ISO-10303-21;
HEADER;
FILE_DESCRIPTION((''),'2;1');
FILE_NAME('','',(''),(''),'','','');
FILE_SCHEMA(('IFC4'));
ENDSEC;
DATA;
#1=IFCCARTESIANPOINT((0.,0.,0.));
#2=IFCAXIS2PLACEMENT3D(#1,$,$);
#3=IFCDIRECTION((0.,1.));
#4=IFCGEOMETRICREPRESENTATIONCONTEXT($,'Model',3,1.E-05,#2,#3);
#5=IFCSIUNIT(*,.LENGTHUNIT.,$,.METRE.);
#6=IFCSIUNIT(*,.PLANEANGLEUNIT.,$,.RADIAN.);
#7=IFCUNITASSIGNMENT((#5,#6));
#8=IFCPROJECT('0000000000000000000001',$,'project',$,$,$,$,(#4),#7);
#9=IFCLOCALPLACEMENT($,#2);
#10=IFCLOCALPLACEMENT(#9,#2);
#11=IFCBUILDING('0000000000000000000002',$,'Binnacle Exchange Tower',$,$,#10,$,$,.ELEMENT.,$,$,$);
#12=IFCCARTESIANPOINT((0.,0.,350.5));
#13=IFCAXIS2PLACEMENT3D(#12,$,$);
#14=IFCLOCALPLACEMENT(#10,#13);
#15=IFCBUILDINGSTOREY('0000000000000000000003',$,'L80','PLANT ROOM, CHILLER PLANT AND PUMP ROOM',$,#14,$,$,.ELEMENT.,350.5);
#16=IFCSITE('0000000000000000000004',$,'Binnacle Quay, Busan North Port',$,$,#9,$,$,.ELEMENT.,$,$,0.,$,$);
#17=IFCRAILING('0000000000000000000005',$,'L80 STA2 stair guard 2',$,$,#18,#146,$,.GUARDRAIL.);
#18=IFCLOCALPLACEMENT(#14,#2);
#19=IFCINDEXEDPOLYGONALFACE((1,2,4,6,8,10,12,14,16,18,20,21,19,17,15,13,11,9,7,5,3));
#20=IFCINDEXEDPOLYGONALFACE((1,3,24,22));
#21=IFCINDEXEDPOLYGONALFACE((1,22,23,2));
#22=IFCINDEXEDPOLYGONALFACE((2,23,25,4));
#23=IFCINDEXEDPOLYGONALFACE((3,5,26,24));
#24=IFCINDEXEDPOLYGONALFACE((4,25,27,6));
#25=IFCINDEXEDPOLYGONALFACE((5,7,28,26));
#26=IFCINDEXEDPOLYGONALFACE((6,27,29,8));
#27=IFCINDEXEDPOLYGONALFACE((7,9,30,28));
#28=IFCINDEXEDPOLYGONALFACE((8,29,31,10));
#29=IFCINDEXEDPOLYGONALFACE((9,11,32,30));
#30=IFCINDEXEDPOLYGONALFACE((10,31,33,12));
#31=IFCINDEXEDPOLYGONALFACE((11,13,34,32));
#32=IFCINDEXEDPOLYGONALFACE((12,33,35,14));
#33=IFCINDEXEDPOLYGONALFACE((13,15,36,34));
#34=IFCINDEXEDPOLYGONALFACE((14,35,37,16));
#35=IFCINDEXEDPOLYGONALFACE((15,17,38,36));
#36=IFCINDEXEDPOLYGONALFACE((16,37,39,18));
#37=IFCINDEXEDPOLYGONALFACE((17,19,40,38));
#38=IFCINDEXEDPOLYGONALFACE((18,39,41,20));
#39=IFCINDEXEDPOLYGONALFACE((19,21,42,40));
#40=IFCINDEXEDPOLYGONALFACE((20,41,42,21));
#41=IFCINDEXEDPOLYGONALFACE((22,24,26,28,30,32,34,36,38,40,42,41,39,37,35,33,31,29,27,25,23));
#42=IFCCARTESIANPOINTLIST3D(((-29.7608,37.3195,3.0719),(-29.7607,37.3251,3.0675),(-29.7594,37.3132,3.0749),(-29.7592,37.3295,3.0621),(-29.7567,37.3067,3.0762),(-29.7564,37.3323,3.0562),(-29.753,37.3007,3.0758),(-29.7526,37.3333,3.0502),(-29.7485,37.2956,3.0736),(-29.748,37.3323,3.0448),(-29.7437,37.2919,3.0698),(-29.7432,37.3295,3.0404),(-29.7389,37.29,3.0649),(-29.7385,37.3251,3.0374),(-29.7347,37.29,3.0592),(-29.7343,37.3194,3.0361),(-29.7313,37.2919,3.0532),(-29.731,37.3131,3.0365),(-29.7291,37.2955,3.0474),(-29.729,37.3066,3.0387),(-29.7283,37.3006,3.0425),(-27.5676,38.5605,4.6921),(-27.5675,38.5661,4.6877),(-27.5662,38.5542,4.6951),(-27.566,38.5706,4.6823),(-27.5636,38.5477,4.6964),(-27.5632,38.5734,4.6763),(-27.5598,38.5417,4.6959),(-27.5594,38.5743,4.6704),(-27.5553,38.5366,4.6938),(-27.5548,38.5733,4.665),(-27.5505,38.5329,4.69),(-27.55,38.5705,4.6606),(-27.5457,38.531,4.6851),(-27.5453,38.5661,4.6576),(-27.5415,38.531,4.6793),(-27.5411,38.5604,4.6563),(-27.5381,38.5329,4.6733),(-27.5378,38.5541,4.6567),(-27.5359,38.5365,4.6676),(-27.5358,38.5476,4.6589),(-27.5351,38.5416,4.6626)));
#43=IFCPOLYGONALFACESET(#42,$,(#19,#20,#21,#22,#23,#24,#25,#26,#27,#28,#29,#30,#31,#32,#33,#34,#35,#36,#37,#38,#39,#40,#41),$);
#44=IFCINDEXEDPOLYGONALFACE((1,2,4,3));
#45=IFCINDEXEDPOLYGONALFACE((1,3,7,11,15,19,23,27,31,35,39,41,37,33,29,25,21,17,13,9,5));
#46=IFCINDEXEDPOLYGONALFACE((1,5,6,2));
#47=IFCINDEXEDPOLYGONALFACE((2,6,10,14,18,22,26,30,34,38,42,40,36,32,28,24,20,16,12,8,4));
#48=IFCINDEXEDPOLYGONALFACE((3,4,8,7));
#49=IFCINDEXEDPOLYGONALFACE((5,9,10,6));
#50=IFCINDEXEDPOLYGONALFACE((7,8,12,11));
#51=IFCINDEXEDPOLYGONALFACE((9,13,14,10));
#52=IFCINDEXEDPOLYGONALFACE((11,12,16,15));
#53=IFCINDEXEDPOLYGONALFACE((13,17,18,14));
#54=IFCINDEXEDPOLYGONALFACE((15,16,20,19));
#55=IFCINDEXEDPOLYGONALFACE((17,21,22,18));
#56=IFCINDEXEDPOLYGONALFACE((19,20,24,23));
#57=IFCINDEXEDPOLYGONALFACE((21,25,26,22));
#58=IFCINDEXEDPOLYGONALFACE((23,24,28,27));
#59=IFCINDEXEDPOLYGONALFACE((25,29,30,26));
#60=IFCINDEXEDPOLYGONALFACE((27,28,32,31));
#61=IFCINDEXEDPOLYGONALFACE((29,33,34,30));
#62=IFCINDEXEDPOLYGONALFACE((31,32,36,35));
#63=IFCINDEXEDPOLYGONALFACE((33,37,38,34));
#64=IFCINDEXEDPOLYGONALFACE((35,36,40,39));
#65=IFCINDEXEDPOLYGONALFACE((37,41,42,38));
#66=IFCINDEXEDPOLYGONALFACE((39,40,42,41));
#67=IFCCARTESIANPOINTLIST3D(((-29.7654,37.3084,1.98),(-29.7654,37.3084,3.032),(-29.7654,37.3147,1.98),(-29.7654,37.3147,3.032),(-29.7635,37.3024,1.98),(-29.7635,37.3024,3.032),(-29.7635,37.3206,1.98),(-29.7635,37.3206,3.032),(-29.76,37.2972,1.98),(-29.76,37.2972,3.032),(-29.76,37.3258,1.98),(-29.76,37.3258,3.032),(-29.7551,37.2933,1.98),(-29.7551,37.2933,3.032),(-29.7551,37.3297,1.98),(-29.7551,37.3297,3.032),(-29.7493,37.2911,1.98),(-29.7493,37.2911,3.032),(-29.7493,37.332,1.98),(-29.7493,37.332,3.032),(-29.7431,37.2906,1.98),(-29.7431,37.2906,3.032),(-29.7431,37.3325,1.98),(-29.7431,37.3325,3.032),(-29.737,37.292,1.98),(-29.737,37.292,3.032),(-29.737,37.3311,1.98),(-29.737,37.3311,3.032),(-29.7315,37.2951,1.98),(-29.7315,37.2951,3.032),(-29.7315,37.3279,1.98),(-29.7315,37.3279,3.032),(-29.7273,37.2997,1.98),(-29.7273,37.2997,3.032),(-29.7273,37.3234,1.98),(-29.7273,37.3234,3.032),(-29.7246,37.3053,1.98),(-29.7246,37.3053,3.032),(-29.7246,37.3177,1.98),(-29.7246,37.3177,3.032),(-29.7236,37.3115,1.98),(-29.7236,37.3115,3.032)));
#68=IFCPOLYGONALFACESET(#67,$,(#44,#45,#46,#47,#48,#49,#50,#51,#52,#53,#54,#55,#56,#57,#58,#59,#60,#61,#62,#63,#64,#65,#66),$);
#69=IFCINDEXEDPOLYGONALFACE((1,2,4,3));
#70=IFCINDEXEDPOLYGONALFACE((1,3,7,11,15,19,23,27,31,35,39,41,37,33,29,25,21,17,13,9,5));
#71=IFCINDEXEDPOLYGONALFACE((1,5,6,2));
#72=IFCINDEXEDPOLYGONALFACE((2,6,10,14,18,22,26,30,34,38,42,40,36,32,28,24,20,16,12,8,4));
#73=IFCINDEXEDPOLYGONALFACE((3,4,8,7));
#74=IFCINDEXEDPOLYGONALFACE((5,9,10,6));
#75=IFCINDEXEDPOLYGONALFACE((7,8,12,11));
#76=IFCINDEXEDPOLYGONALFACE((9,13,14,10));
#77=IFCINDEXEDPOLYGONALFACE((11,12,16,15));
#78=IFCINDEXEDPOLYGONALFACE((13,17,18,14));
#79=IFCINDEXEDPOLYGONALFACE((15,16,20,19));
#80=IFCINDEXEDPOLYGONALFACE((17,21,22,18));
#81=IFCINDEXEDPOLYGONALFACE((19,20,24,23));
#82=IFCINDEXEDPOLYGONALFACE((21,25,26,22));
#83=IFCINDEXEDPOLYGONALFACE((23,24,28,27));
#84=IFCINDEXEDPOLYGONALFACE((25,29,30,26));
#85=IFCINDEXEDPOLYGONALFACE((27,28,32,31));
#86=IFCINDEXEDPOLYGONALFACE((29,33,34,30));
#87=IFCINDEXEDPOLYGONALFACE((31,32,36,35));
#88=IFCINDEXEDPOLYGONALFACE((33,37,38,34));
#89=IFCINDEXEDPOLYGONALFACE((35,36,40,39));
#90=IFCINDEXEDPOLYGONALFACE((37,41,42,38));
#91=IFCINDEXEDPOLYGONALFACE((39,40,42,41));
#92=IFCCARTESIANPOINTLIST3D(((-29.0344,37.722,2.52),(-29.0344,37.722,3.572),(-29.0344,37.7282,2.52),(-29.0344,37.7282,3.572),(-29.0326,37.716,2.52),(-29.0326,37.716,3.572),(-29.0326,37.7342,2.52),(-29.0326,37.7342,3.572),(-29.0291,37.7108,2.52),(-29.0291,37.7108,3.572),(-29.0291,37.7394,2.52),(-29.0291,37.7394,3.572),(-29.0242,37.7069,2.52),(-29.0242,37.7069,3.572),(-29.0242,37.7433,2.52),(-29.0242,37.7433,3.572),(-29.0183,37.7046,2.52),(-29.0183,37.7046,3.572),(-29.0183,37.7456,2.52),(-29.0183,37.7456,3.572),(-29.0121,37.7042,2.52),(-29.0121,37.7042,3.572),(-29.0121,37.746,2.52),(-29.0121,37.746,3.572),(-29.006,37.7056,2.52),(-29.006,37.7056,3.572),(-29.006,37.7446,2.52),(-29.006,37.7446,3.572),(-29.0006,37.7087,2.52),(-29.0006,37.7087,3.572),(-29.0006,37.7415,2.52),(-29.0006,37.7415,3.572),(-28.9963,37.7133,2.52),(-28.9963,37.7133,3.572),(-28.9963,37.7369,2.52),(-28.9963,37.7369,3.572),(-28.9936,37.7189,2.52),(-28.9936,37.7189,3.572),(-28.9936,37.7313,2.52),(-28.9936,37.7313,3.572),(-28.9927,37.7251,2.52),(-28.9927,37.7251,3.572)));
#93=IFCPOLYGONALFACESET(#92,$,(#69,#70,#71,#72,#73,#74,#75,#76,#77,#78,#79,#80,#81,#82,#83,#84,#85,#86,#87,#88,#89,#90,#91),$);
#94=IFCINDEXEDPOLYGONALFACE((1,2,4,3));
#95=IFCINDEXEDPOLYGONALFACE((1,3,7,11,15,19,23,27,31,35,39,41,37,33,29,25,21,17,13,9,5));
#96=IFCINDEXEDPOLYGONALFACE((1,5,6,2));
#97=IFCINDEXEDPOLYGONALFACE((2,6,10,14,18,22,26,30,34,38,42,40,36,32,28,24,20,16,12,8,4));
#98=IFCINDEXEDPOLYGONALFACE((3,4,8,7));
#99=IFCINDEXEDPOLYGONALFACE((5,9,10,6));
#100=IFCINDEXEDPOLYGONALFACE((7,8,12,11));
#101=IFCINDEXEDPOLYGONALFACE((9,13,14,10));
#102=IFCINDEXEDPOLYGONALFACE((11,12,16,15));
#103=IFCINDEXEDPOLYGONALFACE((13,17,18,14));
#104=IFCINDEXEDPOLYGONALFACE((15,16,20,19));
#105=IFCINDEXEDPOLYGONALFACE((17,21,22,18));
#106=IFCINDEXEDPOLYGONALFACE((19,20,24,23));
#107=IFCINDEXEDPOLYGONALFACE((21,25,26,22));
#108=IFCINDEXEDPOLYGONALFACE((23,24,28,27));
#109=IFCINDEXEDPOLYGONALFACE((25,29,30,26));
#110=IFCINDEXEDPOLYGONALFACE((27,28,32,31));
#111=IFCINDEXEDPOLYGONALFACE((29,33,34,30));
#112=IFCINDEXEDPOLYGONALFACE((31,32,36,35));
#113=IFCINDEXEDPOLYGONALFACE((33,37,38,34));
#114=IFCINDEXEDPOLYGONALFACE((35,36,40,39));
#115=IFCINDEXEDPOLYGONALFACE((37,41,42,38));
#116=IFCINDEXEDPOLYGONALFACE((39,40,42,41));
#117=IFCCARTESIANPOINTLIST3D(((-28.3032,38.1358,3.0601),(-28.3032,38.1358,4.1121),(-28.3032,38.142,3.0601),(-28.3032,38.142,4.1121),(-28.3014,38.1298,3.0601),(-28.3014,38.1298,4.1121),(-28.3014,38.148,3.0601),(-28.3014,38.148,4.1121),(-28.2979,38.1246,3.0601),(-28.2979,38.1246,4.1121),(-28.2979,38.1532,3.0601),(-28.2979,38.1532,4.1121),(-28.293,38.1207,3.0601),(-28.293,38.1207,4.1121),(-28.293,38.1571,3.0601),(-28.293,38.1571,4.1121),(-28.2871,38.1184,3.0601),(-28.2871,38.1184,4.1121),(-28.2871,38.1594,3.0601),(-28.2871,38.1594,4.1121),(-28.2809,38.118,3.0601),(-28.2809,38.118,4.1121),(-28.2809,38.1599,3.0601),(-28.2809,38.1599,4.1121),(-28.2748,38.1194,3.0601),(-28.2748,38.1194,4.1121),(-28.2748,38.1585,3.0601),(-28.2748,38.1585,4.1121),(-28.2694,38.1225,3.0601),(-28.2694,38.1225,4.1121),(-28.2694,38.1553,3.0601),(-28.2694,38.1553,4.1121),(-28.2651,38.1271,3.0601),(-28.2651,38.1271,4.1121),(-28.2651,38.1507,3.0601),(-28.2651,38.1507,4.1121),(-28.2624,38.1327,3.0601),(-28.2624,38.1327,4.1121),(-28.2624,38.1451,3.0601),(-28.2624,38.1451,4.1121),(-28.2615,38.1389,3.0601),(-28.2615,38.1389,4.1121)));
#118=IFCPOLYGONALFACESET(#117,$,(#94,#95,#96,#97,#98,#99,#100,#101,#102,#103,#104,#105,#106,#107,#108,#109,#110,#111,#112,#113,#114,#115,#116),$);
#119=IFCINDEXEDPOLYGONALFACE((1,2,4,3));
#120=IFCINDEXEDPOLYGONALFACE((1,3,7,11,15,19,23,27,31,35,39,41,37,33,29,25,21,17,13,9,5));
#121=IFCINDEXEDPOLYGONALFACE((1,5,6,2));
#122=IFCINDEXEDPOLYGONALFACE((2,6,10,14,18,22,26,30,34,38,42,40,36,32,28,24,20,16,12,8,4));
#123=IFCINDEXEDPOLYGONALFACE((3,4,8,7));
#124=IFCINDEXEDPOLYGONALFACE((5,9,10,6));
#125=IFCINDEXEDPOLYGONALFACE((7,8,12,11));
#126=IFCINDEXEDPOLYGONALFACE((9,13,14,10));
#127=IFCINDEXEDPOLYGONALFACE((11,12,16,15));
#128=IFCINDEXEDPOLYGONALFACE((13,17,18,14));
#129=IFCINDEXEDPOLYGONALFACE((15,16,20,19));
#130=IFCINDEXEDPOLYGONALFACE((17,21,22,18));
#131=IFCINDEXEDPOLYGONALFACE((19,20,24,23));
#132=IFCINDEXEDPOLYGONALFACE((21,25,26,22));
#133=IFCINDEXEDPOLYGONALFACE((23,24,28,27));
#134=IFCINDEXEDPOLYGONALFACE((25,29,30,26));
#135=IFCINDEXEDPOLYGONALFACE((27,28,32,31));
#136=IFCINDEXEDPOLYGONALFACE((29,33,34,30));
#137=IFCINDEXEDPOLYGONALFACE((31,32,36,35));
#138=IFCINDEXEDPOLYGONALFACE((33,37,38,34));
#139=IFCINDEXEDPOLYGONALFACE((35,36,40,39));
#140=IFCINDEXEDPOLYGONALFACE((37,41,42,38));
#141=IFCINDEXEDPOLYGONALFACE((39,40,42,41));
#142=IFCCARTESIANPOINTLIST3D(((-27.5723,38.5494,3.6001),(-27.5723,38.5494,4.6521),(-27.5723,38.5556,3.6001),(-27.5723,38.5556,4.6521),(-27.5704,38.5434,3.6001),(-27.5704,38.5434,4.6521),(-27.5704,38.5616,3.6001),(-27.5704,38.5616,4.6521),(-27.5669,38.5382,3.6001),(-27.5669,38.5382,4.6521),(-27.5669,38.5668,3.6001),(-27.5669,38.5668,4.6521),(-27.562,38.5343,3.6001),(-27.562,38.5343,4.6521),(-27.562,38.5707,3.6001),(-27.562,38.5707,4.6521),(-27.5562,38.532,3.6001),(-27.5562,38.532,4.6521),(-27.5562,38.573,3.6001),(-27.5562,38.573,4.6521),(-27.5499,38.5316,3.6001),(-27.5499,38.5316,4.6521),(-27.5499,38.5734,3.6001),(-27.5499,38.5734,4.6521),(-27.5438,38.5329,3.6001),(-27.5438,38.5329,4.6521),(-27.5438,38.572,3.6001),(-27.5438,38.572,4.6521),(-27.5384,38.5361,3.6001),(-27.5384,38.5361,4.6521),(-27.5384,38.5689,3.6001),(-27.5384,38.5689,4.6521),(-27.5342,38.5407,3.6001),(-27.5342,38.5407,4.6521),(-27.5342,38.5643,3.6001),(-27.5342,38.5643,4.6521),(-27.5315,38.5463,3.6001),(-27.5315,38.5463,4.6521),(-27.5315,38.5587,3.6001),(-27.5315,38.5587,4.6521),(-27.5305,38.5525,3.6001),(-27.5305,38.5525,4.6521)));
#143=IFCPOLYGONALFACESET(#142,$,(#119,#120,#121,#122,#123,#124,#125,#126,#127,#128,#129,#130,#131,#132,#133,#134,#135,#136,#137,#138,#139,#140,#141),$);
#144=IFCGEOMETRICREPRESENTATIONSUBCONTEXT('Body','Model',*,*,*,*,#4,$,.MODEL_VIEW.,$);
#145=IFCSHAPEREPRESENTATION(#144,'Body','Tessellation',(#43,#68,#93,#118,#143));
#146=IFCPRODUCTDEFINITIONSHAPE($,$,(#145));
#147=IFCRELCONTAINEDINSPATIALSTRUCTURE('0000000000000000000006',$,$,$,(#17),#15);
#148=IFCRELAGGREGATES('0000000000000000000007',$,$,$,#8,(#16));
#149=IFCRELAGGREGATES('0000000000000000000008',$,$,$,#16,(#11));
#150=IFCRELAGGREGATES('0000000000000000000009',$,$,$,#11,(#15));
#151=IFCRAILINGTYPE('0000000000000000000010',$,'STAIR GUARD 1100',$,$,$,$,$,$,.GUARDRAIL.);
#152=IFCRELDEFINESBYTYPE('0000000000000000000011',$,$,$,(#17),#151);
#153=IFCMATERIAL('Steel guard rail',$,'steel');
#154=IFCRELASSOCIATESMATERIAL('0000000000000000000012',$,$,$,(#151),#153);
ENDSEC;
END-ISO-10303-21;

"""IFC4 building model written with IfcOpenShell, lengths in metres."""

from ifc_helpers import new_model, si_unit, direction, frame, origin, origin_2d, place, context, subcontext, project, spatial, circle, extrude, material, type_object, element, save


model = new_model("IFC4")

# Units and contexts
model_context = context("Model", 3, precision=1e-05, world=origin(), true_north=direction((0.0, 1.0)))
body_context = subcontext(model_context, "Body", "Model", "MODEL_VIEW")
ifc_project = project(units=[si_unit("LENGTHUNIT", "METRE"), si_unit("PLANEANGLEUNIT", "RADIAN")], contexts=[model_context])

# Site, building, storey
site_placement = place(None, origin())
site = spatial("IfcSite", under=ifc_project, at=site_placement, Name="Binnacle Quay, Busan North Port", CompositionType="ELEMENT", RefElevation=0.0)
building_placement = place(site_placement, origin())
building = spatial("IfcBuilding", under=site, at=building_placement, Name="Binnacle Exchange Tower", CompositionType="ELEMENT")
storey_placement = place(building_placement, frame((0.0, 0.0, 350.5)))
storey = spatial("IfcBuildingStorey", under=building, at=storey_placement, Name="L80", Description="PLANT ROOM, CHILLER PLANT AND PUMP ROOM", CompositionType="ELEMENT", Elevation=350.5)

# Railing
ifc_material_1 = material(Name="Steel guard rail", Category="steel")
railing_type = type_object("IfcRailingType", Name="STAIR GUARD 1100", PredefinedType="GUARDRAIL", material=ifc_material_1)
railing_placement = place(storey_placement, frame((-29.7446, 37.3115, 1.98)))
element("IfcRailing", 1, at=railing_placement, inside=storey, type_object=railing_type, Name="L80 STA2 stair guard 2", PredefinedType="GUARDRAIL", context=body_context, shape_type="SweptSolid", body=[
    extrude(circle(Radius=0.0239, at=origin_2d()), frame((0.0, 0.0, 1.0762), z_axis=(0.732075, 0.414242, 0.540805), x_axis=(-0.492472, 0.870328, 0.0)), (0.0, 0.0, 1.0), 2.9958),
    extrude(circle(Radius=0.021, at=origin_2d()), origin(), (0.0, 0.0, 1.0), 1.052),
    extrude(circle(Radius=0.021, at=origin_2d()), frame((0.731, 0.4136, 0.54)), (0.0, 0.0, 1.0), 1.052),
    extrude(circle(Radius=0.021, at=origin_2d()), frame((1.4622, 0.8274, 1.0801)), (0.0, 0.0, 1.0), 1.052),
    extrude(circle(Radius=0.021, at=origin_2d()), frame((2.1931, 1.241, 1.6201)), (0.0, 0.0, 1.0), 1.052),
])

save(model, "model.ifc")
